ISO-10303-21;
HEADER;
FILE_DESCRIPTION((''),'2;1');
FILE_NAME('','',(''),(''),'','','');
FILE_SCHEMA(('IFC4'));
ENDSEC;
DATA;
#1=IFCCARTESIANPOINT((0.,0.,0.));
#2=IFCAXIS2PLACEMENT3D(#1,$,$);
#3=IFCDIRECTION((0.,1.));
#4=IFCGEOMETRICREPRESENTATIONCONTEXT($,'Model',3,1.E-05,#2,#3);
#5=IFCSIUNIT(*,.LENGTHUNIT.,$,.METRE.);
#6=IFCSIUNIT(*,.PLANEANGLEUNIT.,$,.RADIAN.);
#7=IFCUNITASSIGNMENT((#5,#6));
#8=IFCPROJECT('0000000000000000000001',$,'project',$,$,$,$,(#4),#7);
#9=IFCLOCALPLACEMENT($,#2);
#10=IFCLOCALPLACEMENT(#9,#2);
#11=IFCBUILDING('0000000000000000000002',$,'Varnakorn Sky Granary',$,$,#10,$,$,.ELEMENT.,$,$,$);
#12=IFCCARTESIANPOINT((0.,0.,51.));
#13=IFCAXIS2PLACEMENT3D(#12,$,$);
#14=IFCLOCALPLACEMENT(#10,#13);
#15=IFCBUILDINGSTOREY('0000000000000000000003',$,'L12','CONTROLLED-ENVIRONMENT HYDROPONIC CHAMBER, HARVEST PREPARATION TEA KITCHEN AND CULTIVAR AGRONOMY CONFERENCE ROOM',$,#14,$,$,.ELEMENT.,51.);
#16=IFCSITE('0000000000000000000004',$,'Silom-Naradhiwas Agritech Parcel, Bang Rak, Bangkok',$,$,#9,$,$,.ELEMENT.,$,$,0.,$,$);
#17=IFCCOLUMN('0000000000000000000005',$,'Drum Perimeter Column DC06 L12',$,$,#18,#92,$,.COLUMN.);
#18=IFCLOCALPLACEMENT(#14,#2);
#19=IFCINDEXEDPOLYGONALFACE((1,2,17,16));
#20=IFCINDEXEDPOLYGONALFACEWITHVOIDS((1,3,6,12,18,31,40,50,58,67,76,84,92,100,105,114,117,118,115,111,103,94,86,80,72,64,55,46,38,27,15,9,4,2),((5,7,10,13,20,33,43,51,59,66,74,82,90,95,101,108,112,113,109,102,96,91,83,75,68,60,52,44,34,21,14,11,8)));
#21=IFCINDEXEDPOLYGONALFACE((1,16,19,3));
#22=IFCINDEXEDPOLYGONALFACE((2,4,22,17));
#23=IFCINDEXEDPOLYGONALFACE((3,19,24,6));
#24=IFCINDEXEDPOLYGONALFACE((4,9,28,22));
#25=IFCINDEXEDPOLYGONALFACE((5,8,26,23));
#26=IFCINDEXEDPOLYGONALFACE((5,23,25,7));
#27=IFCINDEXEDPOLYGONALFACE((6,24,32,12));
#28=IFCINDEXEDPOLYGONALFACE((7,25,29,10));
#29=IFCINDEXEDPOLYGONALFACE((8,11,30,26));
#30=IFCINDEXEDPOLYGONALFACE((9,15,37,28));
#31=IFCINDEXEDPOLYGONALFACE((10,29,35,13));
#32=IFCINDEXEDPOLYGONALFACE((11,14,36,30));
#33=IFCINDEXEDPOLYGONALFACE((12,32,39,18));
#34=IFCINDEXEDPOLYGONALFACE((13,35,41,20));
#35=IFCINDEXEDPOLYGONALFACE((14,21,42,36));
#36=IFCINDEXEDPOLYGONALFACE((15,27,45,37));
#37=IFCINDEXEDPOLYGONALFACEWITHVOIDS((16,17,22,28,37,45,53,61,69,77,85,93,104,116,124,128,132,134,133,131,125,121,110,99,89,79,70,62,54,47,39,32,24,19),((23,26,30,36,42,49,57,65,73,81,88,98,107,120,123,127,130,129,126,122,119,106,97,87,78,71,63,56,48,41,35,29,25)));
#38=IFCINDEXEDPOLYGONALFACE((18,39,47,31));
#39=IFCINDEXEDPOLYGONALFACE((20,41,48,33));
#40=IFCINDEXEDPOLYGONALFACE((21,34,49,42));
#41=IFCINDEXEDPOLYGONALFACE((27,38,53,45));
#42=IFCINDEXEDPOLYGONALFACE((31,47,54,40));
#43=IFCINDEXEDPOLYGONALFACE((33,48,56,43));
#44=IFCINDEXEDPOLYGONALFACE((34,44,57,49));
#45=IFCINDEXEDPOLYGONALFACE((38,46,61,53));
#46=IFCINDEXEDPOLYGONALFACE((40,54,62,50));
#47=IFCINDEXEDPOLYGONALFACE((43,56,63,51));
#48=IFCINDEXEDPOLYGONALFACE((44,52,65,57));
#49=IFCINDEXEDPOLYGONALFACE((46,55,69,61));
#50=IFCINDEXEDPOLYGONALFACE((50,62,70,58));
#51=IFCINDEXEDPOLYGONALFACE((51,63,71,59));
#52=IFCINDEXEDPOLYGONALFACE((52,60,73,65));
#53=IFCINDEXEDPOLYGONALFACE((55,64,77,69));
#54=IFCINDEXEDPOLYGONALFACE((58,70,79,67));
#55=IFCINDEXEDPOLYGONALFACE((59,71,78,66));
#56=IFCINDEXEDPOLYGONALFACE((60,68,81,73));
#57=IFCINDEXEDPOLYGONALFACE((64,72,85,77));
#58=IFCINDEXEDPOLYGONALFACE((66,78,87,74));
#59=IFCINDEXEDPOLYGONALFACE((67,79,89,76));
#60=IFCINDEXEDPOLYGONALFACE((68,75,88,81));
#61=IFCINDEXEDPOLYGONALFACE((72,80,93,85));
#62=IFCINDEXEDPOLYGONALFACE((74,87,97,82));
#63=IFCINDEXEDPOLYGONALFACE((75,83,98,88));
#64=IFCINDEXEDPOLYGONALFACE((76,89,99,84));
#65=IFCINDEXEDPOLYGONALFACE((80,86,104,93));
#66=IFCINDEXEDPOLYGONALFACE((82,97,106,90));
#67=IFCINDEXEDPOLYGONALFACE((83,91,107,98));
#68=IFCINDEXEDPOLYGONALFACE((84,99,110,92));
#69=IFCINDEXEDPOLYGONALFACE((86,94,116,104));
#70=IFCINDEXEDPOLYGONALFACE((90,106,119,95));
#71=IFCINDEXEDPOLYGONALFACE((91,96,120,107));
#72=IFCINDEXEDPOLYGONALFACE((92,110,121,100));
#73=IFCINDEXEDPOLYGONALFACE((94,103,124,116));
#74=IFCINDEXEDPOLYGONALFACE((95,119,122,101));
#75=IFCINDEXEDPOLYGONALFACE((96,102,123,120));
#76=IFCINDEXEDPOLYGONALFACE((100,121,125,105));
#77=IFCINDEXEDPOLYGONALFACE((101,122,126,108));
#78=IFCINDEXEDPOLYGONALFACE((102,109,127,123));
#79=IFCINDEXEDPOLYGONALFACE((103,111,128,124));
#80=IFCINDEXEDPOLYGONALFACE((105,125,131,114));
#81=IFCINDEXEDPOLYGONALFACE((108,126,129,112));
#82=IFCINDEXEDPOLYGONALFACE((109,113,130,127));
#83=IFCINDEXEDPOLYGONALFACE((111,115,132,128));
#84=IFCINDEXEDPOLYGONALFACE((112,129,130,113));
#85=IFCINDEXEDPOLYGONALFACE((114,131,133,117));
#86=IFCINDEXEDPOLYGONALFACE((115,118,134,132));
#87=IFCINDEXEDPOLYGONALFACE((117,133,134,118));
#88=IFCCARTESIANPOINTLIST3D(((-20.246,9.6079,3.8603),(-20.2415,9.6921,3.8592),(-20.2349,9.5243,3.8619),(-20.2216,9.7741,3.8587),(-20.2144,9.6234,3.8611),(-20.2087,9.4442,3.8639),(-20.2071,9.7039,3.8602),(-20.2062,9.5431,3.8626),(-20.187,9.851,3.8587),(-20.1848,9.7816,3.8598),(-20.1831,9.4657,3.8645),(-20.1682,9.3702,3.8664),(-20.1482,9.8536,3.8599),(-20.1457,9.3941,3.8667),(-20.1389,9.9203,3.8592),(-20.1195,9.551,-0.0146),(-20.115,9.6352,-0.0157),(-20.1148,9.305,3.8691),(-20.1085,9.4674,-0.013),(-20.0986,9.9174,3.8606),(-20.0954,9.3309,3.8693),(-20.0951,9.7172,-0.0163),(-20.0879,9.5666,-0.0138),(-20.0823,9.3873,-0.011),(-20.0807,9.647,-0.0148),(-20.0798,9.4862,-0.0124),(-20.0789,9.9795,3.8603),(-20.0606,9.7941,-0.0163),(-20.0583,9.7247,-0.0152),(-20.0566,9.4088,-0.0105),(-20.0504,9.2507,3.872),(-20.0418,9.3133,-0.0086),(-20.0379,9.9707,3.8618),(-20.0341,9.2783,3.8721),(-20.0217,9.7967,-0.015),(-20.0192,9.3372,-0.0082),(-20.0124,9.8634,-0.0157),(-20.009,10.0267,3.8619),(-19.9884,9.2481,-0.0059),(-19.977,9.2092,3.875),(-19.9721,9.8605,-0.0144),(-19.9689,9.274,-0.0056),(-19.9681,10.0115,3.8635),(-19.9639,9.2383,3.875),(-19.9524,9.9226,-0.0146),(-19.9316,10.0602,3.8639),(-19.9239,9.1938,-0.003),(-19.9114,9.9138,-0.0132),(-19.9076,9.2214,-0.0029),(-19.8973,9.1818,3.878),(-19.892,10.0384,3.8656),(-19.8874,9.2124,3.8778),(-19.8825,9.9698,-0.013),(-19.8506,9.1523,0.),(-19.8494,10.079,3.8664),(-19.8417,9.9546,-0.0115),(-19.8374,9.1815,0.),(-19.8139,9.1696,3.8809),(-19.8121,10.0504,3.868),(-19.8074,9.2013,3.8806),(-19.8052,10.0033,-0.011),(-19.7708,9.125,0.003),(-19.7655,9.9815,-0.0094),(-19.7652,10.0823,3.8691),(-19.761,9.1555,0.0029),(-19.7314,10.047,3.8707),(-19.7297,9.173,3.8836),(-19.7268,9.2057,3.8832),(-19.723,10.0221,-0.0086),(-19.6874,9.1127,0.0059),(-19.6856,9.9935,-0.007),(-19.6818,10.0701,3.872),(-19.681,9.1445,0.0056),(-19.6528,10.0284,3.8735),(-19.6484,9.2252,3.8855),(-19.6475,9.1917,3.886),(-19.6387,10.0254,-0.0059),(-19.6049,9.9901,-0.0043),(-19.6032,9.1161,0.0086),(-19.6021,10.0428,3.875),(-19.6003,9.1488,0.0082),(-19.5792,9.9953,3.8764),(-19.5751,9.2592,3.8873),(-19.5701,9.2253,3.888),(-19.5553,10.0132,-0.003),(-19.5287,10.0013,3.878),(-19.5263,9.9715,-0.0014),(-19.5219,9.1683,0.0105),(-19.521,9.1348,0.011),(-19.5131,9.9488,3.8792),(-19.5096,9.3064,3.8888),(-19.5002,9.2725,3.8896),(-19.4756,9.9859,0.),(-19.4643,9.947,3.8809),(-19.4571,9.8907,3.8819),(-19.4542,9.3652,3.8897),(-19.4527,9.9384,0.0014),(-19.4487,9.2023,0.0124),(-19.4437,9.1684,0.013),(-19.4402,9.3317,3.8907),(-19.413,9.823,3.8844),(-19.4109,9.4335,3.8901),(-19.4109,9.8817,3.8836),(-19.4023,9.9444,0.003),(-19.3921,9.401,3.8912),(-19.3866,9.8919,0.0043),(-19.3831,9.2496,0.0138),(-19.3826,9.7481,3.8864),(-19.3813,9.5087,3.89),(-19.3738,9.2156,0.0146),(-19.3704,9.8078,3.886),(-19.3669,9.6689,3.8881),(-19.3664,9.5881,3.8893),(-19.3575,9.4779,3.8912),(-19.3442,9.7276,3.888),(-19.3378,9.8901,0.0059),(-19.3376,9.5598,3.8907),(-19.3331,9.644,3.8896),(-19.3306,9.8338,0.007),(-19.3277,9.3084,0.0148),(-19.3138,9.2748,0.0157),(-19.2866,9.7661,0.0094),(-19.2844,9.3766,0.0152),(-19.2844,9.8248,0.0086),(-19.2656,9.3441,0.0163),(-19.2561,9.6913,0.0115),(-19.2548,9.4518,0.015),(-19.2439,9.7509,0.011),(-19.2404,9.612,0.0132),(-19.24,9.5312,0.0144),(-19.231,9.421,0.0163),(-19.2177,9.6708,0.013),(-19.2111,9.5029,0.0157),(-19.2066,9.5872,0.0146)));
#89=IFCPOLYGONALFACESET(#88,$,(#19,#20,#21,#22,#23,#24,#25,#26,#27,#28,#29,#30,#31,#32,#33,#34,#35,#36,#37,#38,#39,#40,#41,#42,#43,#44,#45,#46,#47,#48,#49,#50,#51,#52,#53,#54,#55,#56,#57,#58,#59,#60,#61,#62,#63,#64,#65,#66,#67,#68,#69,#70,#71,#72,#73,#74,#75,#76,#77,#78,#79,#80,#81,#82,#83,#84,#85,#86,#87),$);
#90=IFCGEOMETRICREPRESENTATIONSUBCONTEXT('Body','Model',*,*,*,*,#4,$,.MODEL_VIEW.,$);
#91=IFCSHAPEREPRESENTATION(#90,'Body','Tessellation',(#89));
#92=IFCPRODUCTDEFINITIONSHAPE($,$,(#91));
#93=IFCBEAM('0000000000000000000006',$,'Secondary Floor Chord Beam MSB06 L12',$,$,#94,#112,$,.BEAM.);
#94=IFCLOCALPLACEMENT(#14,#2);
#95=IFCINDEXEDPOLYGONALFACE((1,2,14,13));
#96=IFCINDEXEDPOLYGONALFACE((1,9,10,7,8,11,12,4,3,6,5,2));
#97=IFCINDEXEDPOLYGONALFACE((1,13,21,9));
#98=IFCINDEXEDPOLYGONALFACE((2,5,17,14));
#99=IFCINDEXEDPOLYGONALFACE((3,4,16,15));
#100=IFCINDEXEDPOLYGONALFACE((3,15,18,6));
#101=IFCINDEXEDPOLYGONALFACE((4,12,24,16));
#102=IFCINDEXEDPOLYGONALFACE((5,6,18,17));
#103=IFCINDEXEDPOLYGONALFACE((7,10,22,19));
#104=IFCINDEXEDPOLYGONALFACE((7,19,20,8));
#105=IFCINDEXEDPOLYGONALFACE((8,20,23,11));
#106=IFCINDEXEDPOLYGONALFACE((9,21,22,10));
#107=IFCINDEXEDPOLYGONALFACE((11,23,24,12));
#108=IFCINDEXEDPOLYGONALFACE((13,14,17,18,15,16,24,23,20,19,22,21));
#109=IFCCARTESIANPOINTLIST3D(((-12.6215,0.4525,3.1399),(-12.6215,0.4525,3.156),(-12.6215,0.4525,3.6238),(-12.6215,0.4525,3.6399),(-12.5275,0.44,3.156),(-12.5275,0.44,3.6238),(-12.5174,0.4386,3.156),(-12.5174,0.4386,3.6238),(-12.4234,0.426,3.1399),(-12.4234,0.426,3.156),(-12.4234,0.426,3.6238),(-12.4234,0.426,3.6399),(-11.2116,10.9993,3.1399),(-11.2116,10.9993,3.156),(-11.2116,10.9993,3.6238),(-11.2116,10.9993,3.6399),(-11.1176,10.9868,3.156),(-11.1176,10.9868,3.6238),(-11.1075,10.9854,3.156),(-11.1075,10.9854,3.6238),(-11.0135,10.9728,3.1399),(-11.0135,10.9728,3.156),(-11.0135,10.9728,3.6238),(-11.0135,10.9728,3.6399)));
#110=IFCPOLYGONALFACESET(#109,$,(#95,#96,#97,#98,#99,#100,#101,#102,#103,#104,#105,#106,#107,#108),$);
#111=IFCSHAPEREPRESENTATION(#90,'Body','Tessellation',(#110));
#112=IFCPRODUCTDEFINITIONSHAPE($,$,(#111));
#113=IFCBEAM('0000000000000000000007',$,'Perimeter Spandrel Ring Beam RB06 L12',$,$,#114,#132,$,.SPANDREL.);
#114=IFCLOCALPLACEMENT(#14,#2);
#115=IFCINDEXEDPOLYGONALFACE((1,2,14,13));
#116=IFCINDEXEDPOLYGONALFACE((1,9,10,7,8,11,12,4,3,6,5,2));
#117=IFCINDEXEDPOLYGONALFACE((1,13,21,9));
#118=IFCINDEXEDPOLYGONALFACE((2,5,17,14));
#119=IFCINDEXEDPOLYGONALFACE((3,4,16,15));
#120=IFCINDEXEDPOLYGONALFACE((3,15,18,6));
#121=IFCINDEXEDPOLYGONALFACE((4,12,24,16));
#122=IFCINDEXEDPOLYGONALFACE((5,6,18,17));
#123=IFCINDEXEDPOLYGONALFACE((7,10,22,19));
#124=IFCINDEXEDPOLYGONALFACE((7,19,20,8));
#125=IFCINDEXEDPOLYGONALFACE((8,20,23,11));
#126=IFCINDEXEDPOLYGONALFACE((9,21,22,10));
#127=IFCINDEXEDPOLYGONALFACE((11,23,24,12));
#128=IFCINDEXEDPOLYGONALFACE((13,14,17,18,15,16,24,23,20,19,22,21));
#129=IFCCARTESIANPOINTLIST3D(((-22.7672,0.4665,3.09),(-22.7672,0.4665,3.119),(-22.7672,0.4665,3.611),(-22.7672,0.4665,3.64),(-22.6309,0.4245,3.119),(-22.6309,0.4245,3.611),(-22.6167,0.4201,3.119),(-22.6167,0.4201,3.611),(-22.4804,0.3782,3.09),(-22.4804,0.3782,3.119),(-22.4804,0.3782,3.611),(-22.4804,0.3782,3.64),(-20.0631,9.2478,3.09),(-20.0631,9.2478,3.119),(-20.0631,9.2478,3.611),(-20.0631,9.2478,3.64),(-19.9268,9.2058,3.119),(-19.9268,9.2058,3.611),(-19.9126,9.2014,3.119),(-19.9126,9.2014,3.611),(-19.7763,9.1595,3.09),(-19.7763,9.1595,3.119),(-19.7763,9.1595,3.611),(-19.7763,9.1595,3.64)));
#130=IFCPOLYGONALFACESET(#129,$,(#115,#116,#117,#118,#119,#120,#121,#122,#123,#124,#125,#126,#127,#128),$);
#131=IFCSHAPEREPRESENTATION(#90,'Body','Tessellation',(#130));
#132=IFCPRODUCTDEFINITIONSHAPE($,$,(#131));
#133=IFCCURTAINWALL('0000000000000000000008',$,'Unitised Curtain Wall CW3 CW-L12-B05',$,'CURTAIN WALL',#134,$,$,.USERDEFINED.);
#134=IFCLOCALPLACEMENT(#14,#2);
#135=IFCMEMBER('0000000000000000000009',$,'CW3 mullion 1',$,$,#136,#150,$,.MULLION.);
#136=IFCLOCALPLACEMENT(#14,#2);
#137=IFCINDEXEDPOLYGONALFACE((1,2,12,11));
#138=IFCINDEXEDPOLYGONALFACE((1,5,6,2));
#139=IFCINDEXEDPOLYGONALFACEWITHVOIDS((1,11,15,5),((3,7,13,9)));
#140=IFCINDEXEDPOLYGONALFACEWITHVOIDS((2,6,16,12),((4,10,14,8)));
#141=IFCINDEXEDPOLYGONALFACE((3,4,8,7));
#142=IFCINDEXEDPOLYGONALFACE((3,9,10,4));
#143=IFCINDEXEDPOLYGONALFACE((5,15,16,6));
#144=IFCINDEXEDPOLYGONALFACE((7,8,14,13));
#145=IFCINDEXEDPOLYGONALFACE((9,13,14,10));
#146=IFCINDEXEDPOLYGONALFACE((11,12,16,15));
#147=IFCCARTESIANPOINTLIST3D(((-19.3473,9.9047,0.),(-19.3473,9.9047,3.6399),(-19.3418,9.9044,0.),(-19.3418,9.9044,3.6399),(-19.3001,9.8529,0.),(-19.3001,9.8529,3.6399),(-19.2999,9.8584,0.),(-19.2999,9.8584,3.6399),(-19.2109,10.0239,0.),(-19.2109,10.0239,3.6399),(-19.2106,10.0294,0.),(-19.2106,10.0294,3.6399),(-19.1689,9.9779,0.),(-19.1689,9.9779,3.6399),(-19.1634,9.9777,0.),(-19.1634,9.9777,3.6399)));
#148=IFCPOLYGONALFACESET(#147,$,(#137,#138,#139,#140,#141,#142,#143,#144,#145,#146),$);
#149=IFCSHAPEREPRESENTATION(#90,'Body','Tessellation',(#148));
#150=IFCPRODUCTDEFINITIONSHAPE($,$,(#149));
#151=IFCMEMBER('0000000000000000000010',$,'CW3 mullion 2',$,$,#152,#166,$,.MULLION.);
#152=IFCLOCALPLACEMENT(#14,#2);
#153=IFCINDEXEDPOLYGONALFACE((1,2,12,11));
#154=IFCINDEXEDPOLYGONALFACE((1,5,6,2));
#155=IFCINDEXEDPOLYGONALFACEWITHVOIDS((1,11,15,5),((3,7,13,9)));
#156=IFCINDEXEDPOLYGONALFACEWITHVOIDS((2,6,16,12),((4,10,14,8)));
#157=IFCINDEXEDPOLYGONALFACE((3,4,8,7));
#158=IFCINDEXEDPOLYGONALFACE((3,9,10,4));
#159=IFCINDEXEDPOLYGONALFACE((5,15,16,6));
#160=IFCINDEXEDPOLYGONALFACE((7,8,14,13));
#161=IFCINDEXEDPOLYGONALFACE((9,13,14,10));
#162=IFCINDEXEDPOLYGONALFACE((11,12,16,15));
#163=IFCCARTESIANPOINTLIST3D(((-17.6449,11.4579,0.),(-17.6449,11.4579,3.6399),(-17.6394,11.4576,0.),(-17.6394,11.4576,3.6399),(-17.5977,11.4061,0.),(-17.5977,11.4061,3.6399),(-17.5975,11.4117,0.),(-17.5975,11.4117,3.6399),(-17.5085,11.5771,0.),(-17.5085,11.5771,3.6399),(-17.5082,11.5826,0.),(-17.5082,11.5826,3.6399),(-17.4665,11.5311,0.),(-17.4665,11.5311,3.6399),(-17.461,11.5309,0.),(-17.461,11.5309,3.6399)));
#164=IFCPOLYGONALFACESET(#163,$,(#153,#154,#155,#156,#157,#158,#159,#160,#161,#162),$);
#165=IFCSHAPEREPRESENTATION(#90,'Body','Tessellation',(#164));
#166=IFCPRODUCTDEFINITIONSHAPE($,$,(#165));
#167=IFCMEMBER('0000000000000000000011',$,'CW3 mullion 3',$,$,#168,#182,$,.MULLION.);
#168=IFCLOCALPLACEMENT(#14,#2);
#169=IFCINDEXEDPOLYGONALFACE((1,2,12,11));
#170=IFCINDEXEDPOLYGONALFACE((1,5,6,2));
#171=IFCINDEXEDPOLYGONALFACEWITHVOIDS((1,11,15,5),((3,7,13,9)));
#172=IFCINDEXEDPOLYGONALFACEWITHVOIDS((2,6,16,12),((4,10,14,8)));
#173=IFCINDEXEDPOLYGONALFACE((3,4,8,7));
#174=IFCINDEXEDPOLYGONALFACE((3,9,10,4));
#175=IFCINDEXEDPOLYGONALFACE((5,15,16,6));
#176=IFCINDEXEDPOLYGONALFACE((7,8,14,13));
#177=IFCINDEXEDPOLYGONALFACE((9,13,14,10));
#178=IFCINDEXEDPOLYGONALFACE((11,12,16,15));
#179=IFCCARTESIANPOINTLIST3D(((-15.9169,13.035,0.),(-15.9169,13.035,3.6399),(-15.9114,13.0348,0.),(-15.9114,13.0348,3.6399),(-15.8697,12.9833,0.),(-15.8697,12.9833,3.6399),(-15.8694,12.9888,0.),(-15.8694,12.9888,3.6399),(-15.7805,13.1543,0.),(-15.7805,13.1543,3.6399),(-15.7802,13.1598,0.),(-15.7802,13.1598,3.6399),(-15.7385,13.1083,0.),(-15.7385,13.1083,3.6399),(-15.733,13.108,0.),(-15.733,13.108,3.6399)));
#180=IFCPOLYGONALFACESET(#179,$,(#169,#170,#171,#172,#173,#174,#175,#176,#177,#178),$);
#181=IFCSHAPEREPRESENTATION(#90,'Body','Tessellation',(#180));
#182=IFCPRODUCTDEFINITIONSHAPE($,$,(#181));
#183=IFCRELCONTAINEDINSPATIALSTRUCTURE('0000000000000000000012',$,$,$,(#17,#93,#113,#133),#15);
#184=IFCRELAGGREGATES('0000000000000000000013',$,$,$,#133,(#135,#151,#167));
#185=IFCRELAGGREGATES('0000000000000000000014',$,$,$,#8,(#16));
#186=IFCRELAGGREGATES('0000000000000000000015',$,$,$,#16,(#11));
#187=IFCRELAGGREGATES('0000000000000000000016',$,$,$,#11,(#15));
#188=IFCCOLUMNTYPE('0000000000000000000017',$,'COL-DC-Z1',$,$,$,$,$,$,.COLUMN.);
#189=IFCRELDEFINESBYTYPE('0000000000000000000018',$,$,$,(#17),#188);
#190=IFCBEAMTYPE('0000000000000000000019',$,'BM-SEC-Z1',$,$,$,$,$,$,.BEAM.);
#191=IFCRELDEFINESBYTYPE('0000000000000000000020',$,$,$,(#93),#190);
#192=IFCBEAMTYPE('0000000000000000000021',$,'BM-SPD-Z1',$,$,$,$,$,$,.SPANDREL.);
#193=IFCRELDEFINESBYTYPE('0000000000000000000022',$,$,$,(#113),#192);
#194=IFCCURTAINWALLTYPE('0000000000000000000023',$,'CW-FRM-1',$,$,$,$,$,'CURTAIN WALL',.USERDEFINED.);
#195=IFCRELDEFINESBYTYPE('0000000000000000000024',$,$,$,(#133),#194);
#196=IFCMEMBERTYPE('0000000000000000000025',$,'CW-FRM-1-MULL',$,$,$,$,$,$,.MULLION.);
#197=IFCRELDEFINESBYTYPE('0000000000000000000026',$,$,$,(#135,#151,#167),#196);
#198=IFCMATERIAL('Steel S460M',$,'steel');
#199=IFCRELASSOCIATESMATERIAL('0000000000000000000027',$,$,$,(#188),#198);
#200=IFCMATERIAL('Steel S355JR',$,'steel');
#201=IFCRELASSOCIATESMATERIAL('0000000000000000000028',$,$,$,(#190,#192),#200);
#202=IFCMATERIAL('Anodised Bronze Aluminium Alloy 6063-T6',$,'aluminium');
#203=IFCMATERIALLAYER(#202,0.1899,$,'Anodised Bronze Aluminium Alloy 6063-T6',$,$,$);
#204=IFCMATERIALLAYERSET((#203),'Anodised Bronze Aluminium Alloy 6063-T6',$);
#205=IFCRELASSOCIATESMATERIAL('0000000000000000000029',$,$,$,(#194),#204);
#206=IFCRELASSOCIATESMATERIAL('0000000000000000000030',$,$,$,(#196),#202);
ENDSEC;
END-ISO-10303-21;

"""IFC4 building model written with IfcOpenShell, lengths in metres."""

from ifc_helpers import new_model, si_unit, direction, frame, origin, origin_2d, place, context, subcontext, project, spatial, hollow_rectangle, hollow_circle, i_section, extrude, material, layer, layer_set, material_profile, profile_set, type_object, element, aggregate, save


model = new_model("IFC4")

# Units and contexts
model_context = context("Model", 3, precision=1e-05, world=origin(), true_north=direction((0.0, 1.0)))
body_context = subcontext(model_context, "Body", "Model", "MODEL_VIEW")
ifc_project = project(units=[si_unit("LENGTHUNIT", "METRE"), si_unit("PLANEANGLEUNIT", "RADIAN")], contexts=[model_context])

# Site, building, storey
site_placement = place(None, origin())
site = spatial("IfcSite", under=ifc_project, at=site_placement, Name="Silom-Naradhiwas Agritech Parcel, Bang Rak, Bangkok", CompositionType="ELEMENT", RefElevation=0.0)
building_placement = place(site_placement, origin())
building = spatial("IfcBuilding", under=site, at=building_placement, Name="Varnakorn Sky Granary", CompositionType="ELEMENT")
storey_placement = place(building_placement, frame((0.0, 0.0, 51.0)))
storey = spatial("IfcBuildingStorey", under=building, at=storey_placement, Name="L12", Description="CONTROLLED-ENVIRONMENT HYDROPONIC CHAMBER, HARVEST PREPARATION TEA KITCHEN AND CULTIVAR AGRONOMY CONFERENCE ROOM", CompositionType="ELEMENT", Elevation=51.0)

# Column
ifc_material_1 = material(Name="Steel S460M", Category="steel")
ifc_material_profile_1 = material_profile(ifc_material_1, hollow_circle(Radius=0.457, WallThickness=0.032, at=origin_2d()), Name="CHS 914x32")
ifc_profile_set_1 = profile_set([ifc_material_profile_1], Name="Steel S460M")
column_type = type_object("IfcColumnType", Name="COL-DC-Z1", PredefinedType="COLUMN", material=ifc_profile_set_1)
column_placement = place(storey_placement, frame((-19.6631, 9.5691, 0.0), z_axis=(-0.032615, 0.014671, 0.99936), x_axis=(-0.410218, -0.911987, 0.0)))
element("IfcColumn", 1, at=column_placement, inside=storey, type_object=column_type, Name="Drum Perimeter Column DC06 L12", PredefinedType="COLUMN", context=body_context, shape_type="SweptSolid", body=[
    extrude(hollow_circle(Radius=0.457, WallThickness=0.032, at=origin_2d()), origin(), (0.0, 0.0, 1.0), 3.8774),
])

# Beams
ifc_material_2 = material(Name="Steel S355JR", Category="steel")
ifc_material_profile_2 = material_profile(ifc_material_2, i_section(OverallWidth=0.2, OverallDepth=0.5, WebThickness=0.0103, FlangeThickness=0.0161, at=origin_2d()), Name="IPE 500")
ifc_profile_set_2 = profile_set([ifc_material_profile_2], Name="Steel S355JR")
beam_type_1 = type_object("IfcBeamType", Name="BM-SEC-Z1", PredefinedType="BEAM", material=ifc_profile_set_2)
beam_1_placement = place(storey_placement, frame((-11.1125, 10.9861, 3.3899), z_axis=(-0.132502, -0.991183, 0.0), x_axis=(0.991183, -0.132502, 0.0)))
element("IfcBeam", 2, at=beam_1_placement, inside=storey, type_object=beam_type_1, Name="Secondary Floor Chord Beam MSB06 L12", PredefinedType="BEAM", context=body_context, shape_type="SweptSolid", body=[
    extrude(i_section(OverallWidth=0.2, OverallDepth=0.5, WebThickness=0.0103, FlangeThickness=0.0161, at=origin_2d()), origin(), (0.0, 0.0, 1.0), 10.6406),
])
ifc_material_profile_3 = material_profile(ifc_material_2, i_section(OverallWidth=0.3, OverallDepth=0.55, WebThickness=0.0149, FlangeThickness=0.0291, at=origin_2d()), Name="HE 550 B")
ifc_profile_set_3 = profile_set([ifc_material_profile_3], Name="Steel S355JR")
beam_type_2 = type_object("IfcBeamType", Name="BM-SPD-Z1", PredefinedType="SPANDREL", material=ifc_profile_set_3)
beam_2_placement = place(storey_placement, frame((-19.9197, 9.2036, 3.365), z_axis=(-0.294302, -0.955712, 0.0), x_axis=(0.955712, -0.294302, 0.0)))
element("IfcBeam", 3, at=beam_2_placement, inside=storey, type_object=beam_type_2, Name="Perimeter Spandrel Ring Beam RB06 L12", PredefinedType="SPANDREL", context=body_context, shape_type="SweptSolid", body=[
    extrude(i_section(OverallWidth=0.3, OverallDepth=0.55, WebThickness=0.0149, FlangeThickness=0.0291, at=origin_2d()), origin(), (0.0, 0.0, 1.0), 9.1882),
])

# Curtain wall, members
ifc_material_3 = material(Name="Anodised Bronze Aluminium Alloy 6063-T6", Category="aluminium")
ifc_layer_1 = layer(ifc_material_3, 0.1899, Name="Anodised Bronze Aluminium Alloy 6063-T6")
ifc_layer_set_1 = layer_set([ifc_layer_1], Name="Anodised Bronze Aluminium Alloy 6063-T6")
curtain_wall_type = type_object("IfcCurtainWallType", Name="CW-FRM-1", ElementType="CURTAIN WALL", PredefinedType="USERDEFINED", material=ifc_layer_set_1)
curtain_wall_placement = place(storey_placement, origin())
curtain_wall = element("IfcCurtainWall", 4, at=curtain_wall_placement, inside=storey, type_object=curtain_wall_type, Name="Unitised Curtain Wall CW3 CW-L12-B05", ObjectType="CURTAIN WALL", PredefinedType="USERDEFINED")
ifc_material_profile_4 = material_profile(ifc_material_3, hollow_rectangle(XDim=0.0701, YDim=0.1851, WallThickness=0.0039, at=origin_2d()), Name="ALU MULL 70x185")
ifc_profile_set_4 = profile_set([ifc_material_profile_4], Name="Anodised Bronze Aluminium Alloy 6063-T6")
member_type_1 = type_object("IfcMemberType", Name="CW-FRM-1-MULL", PredefinedType="MULLION", material=ifc_profile_set_4)
member_1_placement = place(storey_placement, frame((-19.2554, 9.9412, 0.0), z_axis=(0.0, 0.0, 1.0), x_axis=(-0.674049, 0.738686, 0.0)))
member_1 = element("IfcMember", 5, at=member_1_placement, type_object=member_type_1, Name="CW3 mullion 1", PredefinedType="MULLION", context=body_context, shape_type="SweptSolid", body=[
    extrude(hollow_rectangle(XDim=0.0701, YDim=0.1851, WallThickness=0.0039, at=origin_2d()), origin(), (0.0, 0.0, 1.0), 3.6399),
])
member_2_placement = place(storey_placement, frame((-17.553, 11.4944, 0.0), z_axis=(0.0, 0.0, 1.0), x_axis=(-0.674049, 0.738686, 0.0)))
member_2 = element("IfcMember", 6, at=member_2_placement, type_object=member_type_1, Name="CW3 mullion 2", PredefinedType="MULLION", context=body_context, shape_type="SweptSolid", body=[
    extrude(hollow_rectangle(XDim=0.0701, YDim=0.1851, WallThickness=0.0039, at=origin_2d()), origin(), (0.0, 0.0, 1.0), 3.6399),
])
member_3_placement = place(storey_placement, frame((-15.825, 13.0715, 0.0), z_axis=(0.0, 0.0, 1.0), x_axis=(-0.674049, 0.738686, 0.0)))
member_3 = element("IfcMember", 7, at=member_3_placement, type_object=member_type_1, Name="CW3 mullion 3", PredefinedType="MULLION", context=body_context, shape_type="SweptSolid", body=[
    extrude(hollow_rectangle(XDim=0.0701, YDim=0.1851, WallThickness=0.0039, at=origin_2d()), origin(), (0.0, 0.0, 1.0), 3.6399),
])
aggregate(curtain_wall, [member_1, member_2, member_3])

save(model, "model.ifc")
